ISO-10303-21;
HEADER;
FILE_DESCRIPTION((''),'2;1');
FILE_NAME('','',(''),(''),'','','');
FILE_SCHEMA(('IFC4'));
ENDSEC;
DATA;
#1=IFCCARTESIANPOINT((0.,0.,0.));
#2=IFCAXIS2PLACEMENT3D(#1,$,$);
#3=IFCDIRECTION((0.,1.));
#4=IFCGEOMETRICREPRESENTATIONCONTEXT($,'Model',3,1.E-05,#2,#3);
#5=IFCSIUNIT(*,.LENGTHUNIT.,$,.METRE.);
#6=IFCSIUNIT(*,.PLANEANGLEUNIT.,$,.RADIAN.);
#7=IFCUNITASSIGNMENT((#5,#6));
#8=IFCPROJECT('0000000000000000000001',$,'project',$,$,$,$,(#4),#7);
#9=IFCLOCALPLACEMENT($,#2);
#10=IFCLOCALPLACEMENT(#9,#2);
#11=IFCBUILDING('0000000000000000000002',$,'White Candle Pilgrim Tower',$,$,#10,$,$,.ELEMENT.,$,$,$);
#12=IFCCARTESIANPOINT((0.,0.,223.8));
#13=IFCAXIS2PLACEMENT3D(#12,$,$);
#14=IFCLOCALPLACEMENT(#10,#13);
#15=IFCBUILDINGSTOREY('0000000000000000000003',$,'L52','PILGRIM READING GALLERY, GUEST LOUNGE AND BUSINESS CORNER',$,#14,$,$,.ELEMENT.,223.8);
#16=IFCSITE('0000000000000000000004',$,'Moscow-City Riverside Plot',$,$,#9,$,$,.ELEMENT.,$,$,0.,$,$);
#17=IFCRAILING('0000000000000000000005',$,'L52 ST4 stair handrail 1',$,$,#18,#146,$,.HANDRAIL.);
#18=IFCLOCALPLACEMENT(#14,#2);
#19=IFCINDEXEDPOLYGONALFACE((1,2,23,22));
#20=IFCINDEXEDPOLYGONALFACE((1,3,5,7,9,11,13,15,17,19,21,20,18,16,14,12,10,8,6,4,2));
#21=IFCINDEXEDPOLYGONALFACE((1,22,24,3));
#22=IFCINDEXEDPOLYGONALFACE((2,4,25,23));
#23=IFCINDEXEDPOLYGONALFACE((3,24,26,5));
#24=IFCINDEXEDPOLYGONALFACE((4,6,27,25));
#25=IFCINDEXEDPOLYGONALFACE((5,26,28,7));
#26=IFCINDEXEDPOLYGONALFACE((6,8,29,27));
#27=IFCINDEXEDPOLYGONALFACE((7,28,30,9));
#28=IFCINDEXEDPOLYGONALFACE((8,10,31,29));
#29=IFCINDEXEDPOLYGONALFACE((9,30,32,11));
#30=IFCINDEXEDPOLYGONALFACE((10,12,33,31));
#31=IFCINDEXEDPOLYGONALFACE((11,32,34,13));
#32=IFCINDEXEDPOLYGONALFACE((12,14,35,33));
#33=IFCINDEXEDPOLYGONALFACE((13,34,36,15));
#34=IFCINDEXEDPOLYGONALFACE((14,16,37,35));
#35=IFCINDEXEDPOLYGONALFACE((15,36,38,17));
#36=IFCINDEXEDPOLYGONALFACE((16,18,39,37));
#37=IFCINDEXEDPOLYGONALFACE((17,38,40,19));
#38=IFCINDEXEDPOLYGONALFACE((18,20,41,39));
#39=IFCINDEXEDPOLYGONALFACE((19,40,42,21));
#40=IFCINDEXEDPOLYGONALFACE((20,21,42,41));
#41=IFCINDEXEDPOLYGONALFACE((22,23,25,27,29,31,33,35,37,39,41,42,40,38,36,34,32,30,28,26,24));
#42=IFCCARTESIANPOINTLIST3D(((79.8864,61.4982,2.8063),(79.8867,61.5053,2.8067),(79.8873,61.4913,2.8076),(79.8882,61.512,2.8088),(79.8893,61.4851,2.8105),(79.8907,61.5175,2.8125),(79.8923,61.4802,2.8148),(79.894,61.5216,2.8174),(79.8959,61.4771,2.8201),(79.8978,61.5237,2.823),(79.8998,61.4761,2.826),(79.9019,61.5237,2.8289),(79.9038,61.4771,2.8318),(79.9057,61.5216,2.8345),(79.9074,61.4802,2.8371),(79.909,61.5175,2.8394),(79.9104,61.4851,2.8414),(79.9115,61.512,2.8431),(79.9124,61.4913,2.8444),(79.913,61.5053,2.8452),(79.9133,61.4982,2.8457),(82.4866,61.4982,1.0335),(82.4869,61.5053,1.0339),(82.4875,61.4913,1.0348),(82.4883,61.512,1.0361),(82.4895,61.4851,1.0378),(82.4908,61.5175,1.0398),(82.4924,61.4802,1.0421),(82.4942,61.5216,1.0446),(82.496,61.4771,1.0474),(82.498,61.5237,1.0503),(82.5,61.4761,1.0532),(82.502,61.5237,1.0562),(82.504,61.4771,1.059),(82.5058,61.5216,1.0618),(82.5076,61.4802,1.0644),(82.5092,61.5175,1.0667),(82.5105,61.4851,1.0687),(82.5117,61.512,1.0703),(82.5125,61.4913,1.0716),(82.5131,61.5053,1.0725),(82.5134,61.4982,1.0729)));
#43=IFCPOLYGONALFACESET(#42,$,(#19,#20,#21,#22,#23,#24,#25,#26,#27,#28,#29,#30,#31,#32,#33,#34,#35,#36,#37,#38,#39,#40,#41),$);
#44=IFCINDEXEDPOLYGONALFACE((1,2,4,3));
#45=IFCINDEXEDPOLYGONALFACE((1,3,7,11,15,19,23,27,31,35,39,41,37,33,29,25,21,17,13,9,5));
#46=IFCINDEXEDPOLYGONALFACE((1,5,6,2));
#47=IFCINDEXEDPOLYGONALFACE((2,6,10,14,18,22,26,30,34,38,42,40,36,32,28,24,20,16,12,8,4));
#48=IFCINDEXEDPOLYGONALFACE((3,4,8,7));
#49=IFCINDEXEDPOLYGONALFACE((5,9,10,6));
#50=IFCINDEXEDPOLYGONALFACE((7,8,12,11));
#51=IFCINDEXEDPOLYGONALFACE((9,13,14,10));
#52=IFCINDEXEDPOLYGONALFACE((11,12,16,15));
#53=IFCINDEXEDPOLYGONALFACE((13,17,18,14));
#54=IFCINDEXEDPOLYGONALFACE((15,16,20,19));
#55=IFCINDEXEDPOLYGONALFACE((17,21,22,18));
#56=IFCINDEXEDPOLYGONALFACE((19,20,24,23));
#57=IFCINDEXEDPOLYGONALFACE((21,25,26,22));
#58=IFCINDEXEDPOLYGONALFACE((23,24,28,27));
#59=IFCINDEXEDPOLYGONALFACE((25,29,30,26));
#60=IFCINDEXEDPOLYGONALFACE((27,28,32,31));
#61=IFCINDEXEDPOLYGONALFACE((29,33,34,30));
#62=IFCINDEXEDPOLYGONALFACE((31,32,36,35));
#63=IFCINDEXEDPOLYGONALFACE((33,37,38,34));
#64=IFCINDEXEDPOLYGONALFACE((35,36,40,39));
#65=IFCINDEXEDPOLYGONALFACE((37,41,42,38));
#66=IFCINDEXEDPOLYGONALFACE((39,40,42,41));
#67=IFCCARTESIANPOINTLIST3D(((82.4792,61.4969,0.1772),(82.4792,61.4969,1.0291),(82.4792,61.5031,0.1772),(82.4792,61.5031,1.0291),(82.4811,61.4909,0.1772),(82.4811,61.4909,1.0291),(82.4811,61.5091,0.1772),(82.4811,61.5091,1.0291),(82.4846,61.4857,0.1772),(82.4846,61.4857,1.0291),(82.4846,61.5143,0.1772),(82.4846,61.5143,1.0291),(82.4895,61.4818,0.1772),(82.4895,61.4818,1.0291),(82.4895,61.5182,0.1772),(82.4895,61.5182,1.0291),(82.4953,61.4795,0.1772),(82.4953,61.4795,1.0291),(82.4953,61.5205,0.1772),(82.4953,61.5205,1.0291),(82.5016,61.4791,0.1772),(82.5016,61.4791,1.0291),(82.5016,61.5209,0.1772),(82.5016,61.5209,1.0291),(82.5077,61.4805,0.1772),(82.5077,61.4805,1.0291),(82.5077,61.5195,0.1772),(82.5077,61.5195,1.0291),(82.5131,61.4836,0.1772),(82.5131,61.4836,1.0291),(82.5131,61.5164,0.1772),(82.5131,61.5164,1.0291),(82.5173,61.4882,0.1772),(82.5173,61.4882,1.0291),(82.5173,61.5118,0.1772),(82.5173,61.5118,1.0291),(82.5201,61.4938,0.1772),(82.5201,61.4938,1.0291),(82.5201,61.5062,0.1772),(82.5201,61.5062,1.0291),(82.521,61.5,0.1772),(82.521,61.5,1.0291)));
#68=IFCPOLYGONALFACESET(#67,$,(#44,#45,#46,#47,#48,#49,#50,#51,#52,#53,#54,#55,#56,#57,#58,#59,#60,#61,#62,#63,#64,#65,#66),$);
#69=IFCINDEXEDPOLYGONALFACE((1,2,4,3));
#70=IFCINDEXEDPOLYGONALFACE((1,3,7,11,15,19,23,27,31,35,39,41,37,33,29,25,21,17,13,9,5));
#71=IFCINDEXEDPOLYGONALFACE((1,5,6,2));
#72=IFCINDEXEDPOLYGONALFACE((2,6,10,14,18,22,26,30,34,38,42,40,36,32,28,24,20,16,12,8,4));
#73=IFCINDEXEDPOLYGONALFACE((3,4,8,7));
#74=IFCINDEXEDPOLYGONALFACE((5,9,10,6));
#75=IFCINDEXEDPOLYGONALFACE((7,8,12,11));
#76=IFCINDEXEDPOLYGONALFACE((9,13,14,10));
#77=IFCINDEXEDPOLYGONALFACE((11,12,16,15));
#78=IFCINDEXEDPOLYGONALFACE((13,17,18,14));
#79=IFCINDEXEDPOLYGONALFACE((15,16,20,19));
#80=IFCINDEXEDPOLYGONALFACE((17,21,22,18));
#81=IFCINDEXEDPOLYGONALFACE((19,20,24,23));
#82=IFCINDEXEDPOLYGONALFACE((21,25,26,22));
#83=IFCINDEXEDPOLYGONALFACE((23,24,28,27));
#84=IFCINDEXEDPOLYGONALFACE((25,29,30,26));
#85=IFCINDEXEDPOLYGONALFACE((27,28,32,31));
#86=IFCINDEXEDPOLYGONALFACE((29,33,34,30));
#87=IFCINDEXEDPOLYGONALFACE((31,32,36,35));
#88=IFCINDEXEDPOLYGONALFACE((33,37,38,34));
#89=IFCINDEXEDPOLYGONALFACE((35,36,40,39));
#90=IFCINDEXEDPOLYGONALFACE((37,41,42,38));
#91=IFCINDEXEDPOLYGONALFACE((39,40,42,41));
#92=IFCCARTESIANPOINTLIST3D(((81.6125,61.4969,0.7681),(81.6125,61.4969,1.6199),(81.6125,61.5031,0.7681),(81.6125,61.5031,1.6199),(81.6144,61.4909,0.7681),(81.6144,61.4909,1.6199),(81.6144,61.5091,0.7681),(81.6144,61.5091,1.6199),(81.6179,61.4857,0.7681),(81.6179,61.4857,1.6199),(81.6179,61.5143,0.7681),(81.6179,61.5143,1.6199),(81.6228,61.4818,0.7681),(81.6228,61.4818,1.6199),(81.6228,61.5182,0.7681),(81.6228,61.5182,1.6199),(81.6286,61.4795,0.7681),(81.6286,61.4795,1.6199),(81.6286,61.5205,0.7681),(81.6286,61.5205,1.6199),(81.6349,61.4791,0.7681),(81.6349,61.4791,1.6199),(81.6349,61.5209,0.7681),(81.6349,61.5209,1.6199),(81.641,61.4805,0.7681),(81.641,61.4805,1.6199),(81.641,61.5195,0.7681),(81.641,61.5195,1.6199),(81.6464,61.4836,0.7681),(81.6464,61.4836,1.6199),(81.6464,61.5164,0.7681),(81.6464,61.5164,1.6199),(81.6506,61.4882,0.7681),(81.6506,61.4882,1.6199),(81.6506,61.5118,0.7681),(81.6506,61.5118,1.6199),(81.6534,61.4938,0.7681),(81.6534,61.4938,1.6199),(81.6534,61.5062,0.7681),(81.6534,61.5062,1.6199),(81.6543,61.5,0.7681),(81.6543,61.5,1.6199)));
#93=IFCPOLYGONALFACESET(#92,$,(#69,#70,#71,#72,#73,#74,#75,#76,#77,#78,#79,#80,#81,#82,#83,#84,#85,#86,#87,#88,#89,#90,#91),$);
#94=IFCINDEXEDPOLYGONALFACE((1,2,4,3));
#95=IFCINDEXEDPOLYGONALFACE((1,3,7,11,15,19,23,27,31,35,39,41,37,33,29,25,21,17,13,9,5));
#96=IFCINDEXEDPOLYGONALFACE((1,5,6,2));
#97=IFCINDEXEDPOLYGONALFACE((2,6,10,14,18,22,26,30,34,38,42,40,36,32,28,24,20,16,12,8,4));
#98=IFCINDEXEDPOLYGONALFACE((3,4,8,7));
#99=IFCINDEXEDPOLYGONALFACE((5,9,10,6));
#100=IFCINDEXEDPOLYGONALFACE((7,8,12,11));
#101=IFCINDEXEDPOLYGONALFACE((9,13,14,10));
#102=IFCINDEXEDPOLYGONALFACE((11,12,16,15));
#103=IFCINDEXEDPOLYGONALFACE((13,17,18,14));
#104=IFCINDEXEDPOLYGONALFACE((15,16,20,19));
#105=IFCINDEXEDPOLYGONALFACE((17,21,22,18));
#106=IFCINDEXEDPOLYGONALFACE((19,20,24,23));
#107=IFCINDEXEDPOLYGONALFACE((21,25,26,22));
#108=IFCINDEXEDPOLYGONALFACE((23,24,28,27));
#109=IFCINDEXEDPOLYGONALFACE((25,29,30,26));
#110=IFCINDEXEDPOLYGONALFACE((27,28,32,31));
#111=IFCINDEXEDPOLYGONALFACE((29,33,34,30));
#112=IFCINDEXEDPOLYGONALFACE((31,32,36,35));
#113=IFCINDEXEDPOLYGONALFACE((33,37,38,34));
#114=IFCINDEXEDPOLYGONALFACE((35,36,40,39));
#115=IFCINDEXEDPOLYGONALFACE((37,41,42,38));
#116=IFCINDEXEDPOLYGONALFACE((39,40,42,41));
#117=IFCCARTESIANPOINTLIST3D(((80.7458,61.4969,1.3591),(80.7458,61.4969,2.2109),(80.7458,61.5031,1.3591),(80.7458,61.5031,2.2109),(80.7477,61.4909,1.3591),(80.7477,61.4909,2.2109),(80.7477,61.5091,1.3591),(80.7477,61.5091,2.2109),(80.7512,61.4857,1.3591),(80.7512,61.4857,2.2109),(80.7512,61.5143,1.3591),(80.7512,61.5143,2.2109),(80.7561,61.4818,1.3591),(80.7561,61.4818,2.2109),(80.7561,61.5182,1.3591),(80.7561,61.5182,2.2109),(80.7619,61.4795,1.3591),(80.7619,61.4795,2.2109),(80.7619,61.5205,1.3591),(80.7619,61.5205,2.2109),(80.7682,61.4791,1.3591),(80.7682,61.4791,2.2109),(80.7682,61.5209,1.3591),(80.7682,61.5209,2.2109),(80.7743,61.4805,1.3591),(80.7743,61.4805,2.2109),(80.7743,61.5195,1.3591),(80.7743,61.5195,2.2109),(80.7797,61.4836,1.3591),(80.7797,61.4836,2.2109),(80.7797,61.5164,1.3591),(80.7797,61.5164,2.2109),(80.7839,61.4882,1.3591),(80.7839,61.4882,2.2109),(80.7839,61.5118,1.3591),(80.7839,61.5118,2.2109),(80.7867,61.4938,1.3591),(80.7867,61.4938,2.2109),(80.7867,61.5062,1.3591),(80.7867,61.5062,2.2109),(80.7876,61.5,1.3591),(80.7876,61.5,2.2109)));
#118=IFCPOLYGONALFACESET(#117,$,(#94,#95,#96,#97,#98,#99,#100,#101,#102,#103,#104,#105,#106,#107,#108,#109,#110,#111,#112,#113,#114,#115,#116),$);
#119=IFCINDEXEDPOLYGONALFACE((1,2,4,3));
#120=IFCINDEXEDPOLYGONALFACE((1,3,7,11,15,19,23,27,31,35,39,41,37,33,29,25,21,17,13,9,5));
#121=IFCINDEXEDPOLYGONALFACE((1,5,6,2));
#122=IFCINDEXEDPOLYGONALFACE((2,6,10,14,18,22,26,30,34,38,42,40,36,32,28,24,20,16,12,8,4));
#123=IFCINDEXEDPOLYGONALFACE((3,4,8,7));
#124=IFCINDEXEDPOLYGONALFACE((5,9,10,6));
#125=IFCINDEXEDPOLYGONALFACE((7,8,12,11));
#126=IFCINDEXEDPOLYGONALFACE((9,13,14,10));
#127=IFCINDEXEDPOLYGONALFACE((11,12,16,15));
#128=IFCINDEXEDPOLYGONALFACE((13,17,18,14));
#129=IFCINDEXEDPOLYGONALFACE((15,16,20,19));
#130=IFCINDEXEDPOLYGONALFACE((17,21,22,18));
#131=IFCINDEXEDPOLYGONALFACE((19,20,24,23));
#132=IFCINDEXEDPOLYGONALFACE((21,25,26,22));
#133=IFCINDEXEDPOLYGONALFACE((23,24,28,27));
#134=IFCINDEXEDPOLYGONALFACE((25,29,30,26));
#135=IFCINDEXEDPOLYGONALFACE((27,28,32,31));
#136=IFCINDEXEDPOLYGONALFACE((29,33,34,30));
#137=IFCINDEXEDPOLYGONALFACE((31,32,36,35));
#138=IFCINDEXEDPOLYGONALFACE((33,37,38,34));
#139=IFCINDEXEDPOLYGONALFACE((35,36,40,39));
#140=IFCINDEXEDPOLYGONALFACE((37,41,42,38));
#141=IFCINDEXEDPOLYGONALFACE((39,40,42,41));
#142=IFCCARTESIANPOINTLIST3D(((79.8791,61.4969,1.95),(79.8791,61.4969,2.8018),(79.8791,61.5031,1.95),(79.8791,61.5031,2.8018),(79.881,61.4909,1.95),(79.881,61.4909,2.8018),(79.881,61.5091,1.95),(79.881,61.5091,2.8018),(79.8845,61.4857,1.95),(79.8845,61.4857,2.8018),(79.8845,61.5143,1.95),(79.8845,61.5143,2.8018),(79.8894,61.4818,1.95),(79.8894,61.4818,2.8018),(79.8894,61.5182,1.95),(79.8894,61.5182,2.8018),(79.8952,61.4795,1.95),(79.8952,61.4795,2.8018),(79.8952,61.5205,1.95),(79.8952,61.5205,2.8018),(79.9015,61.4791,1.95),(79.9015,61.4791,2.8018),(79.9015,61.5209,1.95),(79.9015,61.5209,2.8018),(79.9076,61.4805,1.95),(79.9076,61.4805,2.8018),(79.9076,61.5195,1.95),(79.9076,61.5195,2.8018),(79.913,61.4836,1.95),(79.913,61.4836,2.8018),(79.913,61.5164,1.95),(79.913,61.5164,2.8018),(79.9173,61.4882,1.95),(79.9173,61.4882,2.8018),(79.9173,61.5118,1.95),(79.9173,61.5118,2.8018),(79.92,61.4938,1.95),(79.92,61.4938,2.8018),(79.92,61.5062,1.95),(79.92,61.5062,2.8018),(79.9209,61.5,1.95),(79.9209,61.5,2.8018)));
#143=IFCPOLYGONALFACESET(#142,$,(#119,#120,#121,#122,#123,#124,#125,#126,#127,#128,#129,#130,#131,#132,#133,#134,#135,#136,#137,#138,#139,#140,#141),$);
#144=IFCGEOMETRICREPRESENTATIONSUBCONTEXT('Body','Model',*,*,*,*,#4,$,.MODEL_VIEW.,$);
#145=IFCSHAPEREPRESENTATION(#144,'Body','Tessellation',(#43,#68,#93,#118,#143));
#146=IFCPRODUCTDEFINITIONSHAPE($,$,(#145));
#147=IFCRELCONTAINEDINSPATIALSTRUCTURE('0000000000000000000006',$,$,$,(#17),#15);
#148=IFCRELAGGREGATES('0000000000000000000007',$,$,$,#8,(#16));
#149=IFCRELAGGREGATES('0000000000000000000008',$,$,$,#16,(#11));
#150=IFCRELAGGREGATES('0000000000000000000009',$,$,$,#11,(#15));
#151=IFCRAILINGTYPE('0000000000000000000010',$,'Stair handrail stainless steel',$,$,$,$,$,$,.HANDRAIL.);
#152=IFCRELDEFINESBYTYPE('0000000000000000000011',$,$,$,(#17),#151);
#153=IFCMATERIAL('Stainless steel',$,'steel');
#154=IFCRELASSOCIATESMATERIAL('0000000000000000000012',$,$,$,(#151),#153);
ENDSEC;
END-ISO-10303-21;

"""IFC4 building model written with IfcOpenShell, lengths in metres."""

from ifc_helpers import new_model, si_unit, direction, frame, origin, origin_2d, place, context, subcontext, project, spatial, circle, extrude, material, type_object, element, save


model = new_model("IFC4")

# Units and contexts
model_context = context("Model", 3, precision=1e-05, world=origin(), true_north=direction((0.0, 1.0)))
body_context = subcontext(model_context, "Body", "Model", "MODEL_VIEW")
ifc_project = project(units=[si_unit("LENGTHUNIT", "METRE"), si_unit("PLANEANGLEUNIT", "RADIAN")], contexts=[model_context])

# Site, building, storey
site_placement = place(None, origin())
site = spatial("IfcSite", under=ifc_project, at=site_placement, Name="Moscow-City Riverside Plot", CompositionType="ELEMENT", RefElevation=0.0)
building_placement = place(site_placement, origin())
building = spatial("IfcBuilding", under=site, at=building_placement, Name="White Candle Pilgrim Tower", CompositionType="ELEMENT")
storey_placement = place(building_placement, frame((0.0, 0.0, 223.8)))
storey = spatial("IfcBuildingStorey", under=building, at=storey_placement, Name="L52", Description="PILGRIM READING GALLERY, GUEST LOUNGE AND BUSINESS CORNER", CompositionType="ELEMENT", Elevation=223.8)

# Railing
ifc_material_1 = material(Name="Stainless steel", Category="steel")
railing_type_1 = type_object("IfcRailingType", Name="Stair handrail stainless steel", PredefinedType="HANDRAIL", material=ifc_material_1)
railing_1_placement = place(storey_placement, frame((82.5, 61.5, 0.1772)))
element("IfcRailing", 1, at=railing_1_placement, inside=storey, type_object=railing_type_1, Name="L52 ST4 stair handrail 1", PredefinedType="HANDRAIL", context=body_context, shape_type="SweptSolid", body=[
    extrude(circle(Radius=0.0239, at=origin_2d()), frame((0.0, 0.0, 0.876), z_axis=(-0.82624, 0.0, 0.563318), x_axis=(0.0, -1.0, 0.0)), (0.0, 0.0, 1.0), 3.147),
    extrude(circle(Radius=0.021, at=origin_2d()), origin(), (0.0, 0.0, 1.0), 0.8518),
    extrude(circle(Radius=0.021, at=origin_2d()), frame((-0.8667, 0.0, 0.5908)), (0.0, 0.0, 1.0), 0.8518),
    extrude(circle(Radius=0.021, at=origin_2d()), frame((-1.7334, 0.0, 1.1819)), (0.0, 0.0, 1.0), 0.8518),
    extrude(circle(Radius=0.021, at=origin_2d()), frame((-2.6001, 0.0, 1.7727)), (0.0, 0.0, 1.0), 0.8518),
])

save(model, "model.ifc")
